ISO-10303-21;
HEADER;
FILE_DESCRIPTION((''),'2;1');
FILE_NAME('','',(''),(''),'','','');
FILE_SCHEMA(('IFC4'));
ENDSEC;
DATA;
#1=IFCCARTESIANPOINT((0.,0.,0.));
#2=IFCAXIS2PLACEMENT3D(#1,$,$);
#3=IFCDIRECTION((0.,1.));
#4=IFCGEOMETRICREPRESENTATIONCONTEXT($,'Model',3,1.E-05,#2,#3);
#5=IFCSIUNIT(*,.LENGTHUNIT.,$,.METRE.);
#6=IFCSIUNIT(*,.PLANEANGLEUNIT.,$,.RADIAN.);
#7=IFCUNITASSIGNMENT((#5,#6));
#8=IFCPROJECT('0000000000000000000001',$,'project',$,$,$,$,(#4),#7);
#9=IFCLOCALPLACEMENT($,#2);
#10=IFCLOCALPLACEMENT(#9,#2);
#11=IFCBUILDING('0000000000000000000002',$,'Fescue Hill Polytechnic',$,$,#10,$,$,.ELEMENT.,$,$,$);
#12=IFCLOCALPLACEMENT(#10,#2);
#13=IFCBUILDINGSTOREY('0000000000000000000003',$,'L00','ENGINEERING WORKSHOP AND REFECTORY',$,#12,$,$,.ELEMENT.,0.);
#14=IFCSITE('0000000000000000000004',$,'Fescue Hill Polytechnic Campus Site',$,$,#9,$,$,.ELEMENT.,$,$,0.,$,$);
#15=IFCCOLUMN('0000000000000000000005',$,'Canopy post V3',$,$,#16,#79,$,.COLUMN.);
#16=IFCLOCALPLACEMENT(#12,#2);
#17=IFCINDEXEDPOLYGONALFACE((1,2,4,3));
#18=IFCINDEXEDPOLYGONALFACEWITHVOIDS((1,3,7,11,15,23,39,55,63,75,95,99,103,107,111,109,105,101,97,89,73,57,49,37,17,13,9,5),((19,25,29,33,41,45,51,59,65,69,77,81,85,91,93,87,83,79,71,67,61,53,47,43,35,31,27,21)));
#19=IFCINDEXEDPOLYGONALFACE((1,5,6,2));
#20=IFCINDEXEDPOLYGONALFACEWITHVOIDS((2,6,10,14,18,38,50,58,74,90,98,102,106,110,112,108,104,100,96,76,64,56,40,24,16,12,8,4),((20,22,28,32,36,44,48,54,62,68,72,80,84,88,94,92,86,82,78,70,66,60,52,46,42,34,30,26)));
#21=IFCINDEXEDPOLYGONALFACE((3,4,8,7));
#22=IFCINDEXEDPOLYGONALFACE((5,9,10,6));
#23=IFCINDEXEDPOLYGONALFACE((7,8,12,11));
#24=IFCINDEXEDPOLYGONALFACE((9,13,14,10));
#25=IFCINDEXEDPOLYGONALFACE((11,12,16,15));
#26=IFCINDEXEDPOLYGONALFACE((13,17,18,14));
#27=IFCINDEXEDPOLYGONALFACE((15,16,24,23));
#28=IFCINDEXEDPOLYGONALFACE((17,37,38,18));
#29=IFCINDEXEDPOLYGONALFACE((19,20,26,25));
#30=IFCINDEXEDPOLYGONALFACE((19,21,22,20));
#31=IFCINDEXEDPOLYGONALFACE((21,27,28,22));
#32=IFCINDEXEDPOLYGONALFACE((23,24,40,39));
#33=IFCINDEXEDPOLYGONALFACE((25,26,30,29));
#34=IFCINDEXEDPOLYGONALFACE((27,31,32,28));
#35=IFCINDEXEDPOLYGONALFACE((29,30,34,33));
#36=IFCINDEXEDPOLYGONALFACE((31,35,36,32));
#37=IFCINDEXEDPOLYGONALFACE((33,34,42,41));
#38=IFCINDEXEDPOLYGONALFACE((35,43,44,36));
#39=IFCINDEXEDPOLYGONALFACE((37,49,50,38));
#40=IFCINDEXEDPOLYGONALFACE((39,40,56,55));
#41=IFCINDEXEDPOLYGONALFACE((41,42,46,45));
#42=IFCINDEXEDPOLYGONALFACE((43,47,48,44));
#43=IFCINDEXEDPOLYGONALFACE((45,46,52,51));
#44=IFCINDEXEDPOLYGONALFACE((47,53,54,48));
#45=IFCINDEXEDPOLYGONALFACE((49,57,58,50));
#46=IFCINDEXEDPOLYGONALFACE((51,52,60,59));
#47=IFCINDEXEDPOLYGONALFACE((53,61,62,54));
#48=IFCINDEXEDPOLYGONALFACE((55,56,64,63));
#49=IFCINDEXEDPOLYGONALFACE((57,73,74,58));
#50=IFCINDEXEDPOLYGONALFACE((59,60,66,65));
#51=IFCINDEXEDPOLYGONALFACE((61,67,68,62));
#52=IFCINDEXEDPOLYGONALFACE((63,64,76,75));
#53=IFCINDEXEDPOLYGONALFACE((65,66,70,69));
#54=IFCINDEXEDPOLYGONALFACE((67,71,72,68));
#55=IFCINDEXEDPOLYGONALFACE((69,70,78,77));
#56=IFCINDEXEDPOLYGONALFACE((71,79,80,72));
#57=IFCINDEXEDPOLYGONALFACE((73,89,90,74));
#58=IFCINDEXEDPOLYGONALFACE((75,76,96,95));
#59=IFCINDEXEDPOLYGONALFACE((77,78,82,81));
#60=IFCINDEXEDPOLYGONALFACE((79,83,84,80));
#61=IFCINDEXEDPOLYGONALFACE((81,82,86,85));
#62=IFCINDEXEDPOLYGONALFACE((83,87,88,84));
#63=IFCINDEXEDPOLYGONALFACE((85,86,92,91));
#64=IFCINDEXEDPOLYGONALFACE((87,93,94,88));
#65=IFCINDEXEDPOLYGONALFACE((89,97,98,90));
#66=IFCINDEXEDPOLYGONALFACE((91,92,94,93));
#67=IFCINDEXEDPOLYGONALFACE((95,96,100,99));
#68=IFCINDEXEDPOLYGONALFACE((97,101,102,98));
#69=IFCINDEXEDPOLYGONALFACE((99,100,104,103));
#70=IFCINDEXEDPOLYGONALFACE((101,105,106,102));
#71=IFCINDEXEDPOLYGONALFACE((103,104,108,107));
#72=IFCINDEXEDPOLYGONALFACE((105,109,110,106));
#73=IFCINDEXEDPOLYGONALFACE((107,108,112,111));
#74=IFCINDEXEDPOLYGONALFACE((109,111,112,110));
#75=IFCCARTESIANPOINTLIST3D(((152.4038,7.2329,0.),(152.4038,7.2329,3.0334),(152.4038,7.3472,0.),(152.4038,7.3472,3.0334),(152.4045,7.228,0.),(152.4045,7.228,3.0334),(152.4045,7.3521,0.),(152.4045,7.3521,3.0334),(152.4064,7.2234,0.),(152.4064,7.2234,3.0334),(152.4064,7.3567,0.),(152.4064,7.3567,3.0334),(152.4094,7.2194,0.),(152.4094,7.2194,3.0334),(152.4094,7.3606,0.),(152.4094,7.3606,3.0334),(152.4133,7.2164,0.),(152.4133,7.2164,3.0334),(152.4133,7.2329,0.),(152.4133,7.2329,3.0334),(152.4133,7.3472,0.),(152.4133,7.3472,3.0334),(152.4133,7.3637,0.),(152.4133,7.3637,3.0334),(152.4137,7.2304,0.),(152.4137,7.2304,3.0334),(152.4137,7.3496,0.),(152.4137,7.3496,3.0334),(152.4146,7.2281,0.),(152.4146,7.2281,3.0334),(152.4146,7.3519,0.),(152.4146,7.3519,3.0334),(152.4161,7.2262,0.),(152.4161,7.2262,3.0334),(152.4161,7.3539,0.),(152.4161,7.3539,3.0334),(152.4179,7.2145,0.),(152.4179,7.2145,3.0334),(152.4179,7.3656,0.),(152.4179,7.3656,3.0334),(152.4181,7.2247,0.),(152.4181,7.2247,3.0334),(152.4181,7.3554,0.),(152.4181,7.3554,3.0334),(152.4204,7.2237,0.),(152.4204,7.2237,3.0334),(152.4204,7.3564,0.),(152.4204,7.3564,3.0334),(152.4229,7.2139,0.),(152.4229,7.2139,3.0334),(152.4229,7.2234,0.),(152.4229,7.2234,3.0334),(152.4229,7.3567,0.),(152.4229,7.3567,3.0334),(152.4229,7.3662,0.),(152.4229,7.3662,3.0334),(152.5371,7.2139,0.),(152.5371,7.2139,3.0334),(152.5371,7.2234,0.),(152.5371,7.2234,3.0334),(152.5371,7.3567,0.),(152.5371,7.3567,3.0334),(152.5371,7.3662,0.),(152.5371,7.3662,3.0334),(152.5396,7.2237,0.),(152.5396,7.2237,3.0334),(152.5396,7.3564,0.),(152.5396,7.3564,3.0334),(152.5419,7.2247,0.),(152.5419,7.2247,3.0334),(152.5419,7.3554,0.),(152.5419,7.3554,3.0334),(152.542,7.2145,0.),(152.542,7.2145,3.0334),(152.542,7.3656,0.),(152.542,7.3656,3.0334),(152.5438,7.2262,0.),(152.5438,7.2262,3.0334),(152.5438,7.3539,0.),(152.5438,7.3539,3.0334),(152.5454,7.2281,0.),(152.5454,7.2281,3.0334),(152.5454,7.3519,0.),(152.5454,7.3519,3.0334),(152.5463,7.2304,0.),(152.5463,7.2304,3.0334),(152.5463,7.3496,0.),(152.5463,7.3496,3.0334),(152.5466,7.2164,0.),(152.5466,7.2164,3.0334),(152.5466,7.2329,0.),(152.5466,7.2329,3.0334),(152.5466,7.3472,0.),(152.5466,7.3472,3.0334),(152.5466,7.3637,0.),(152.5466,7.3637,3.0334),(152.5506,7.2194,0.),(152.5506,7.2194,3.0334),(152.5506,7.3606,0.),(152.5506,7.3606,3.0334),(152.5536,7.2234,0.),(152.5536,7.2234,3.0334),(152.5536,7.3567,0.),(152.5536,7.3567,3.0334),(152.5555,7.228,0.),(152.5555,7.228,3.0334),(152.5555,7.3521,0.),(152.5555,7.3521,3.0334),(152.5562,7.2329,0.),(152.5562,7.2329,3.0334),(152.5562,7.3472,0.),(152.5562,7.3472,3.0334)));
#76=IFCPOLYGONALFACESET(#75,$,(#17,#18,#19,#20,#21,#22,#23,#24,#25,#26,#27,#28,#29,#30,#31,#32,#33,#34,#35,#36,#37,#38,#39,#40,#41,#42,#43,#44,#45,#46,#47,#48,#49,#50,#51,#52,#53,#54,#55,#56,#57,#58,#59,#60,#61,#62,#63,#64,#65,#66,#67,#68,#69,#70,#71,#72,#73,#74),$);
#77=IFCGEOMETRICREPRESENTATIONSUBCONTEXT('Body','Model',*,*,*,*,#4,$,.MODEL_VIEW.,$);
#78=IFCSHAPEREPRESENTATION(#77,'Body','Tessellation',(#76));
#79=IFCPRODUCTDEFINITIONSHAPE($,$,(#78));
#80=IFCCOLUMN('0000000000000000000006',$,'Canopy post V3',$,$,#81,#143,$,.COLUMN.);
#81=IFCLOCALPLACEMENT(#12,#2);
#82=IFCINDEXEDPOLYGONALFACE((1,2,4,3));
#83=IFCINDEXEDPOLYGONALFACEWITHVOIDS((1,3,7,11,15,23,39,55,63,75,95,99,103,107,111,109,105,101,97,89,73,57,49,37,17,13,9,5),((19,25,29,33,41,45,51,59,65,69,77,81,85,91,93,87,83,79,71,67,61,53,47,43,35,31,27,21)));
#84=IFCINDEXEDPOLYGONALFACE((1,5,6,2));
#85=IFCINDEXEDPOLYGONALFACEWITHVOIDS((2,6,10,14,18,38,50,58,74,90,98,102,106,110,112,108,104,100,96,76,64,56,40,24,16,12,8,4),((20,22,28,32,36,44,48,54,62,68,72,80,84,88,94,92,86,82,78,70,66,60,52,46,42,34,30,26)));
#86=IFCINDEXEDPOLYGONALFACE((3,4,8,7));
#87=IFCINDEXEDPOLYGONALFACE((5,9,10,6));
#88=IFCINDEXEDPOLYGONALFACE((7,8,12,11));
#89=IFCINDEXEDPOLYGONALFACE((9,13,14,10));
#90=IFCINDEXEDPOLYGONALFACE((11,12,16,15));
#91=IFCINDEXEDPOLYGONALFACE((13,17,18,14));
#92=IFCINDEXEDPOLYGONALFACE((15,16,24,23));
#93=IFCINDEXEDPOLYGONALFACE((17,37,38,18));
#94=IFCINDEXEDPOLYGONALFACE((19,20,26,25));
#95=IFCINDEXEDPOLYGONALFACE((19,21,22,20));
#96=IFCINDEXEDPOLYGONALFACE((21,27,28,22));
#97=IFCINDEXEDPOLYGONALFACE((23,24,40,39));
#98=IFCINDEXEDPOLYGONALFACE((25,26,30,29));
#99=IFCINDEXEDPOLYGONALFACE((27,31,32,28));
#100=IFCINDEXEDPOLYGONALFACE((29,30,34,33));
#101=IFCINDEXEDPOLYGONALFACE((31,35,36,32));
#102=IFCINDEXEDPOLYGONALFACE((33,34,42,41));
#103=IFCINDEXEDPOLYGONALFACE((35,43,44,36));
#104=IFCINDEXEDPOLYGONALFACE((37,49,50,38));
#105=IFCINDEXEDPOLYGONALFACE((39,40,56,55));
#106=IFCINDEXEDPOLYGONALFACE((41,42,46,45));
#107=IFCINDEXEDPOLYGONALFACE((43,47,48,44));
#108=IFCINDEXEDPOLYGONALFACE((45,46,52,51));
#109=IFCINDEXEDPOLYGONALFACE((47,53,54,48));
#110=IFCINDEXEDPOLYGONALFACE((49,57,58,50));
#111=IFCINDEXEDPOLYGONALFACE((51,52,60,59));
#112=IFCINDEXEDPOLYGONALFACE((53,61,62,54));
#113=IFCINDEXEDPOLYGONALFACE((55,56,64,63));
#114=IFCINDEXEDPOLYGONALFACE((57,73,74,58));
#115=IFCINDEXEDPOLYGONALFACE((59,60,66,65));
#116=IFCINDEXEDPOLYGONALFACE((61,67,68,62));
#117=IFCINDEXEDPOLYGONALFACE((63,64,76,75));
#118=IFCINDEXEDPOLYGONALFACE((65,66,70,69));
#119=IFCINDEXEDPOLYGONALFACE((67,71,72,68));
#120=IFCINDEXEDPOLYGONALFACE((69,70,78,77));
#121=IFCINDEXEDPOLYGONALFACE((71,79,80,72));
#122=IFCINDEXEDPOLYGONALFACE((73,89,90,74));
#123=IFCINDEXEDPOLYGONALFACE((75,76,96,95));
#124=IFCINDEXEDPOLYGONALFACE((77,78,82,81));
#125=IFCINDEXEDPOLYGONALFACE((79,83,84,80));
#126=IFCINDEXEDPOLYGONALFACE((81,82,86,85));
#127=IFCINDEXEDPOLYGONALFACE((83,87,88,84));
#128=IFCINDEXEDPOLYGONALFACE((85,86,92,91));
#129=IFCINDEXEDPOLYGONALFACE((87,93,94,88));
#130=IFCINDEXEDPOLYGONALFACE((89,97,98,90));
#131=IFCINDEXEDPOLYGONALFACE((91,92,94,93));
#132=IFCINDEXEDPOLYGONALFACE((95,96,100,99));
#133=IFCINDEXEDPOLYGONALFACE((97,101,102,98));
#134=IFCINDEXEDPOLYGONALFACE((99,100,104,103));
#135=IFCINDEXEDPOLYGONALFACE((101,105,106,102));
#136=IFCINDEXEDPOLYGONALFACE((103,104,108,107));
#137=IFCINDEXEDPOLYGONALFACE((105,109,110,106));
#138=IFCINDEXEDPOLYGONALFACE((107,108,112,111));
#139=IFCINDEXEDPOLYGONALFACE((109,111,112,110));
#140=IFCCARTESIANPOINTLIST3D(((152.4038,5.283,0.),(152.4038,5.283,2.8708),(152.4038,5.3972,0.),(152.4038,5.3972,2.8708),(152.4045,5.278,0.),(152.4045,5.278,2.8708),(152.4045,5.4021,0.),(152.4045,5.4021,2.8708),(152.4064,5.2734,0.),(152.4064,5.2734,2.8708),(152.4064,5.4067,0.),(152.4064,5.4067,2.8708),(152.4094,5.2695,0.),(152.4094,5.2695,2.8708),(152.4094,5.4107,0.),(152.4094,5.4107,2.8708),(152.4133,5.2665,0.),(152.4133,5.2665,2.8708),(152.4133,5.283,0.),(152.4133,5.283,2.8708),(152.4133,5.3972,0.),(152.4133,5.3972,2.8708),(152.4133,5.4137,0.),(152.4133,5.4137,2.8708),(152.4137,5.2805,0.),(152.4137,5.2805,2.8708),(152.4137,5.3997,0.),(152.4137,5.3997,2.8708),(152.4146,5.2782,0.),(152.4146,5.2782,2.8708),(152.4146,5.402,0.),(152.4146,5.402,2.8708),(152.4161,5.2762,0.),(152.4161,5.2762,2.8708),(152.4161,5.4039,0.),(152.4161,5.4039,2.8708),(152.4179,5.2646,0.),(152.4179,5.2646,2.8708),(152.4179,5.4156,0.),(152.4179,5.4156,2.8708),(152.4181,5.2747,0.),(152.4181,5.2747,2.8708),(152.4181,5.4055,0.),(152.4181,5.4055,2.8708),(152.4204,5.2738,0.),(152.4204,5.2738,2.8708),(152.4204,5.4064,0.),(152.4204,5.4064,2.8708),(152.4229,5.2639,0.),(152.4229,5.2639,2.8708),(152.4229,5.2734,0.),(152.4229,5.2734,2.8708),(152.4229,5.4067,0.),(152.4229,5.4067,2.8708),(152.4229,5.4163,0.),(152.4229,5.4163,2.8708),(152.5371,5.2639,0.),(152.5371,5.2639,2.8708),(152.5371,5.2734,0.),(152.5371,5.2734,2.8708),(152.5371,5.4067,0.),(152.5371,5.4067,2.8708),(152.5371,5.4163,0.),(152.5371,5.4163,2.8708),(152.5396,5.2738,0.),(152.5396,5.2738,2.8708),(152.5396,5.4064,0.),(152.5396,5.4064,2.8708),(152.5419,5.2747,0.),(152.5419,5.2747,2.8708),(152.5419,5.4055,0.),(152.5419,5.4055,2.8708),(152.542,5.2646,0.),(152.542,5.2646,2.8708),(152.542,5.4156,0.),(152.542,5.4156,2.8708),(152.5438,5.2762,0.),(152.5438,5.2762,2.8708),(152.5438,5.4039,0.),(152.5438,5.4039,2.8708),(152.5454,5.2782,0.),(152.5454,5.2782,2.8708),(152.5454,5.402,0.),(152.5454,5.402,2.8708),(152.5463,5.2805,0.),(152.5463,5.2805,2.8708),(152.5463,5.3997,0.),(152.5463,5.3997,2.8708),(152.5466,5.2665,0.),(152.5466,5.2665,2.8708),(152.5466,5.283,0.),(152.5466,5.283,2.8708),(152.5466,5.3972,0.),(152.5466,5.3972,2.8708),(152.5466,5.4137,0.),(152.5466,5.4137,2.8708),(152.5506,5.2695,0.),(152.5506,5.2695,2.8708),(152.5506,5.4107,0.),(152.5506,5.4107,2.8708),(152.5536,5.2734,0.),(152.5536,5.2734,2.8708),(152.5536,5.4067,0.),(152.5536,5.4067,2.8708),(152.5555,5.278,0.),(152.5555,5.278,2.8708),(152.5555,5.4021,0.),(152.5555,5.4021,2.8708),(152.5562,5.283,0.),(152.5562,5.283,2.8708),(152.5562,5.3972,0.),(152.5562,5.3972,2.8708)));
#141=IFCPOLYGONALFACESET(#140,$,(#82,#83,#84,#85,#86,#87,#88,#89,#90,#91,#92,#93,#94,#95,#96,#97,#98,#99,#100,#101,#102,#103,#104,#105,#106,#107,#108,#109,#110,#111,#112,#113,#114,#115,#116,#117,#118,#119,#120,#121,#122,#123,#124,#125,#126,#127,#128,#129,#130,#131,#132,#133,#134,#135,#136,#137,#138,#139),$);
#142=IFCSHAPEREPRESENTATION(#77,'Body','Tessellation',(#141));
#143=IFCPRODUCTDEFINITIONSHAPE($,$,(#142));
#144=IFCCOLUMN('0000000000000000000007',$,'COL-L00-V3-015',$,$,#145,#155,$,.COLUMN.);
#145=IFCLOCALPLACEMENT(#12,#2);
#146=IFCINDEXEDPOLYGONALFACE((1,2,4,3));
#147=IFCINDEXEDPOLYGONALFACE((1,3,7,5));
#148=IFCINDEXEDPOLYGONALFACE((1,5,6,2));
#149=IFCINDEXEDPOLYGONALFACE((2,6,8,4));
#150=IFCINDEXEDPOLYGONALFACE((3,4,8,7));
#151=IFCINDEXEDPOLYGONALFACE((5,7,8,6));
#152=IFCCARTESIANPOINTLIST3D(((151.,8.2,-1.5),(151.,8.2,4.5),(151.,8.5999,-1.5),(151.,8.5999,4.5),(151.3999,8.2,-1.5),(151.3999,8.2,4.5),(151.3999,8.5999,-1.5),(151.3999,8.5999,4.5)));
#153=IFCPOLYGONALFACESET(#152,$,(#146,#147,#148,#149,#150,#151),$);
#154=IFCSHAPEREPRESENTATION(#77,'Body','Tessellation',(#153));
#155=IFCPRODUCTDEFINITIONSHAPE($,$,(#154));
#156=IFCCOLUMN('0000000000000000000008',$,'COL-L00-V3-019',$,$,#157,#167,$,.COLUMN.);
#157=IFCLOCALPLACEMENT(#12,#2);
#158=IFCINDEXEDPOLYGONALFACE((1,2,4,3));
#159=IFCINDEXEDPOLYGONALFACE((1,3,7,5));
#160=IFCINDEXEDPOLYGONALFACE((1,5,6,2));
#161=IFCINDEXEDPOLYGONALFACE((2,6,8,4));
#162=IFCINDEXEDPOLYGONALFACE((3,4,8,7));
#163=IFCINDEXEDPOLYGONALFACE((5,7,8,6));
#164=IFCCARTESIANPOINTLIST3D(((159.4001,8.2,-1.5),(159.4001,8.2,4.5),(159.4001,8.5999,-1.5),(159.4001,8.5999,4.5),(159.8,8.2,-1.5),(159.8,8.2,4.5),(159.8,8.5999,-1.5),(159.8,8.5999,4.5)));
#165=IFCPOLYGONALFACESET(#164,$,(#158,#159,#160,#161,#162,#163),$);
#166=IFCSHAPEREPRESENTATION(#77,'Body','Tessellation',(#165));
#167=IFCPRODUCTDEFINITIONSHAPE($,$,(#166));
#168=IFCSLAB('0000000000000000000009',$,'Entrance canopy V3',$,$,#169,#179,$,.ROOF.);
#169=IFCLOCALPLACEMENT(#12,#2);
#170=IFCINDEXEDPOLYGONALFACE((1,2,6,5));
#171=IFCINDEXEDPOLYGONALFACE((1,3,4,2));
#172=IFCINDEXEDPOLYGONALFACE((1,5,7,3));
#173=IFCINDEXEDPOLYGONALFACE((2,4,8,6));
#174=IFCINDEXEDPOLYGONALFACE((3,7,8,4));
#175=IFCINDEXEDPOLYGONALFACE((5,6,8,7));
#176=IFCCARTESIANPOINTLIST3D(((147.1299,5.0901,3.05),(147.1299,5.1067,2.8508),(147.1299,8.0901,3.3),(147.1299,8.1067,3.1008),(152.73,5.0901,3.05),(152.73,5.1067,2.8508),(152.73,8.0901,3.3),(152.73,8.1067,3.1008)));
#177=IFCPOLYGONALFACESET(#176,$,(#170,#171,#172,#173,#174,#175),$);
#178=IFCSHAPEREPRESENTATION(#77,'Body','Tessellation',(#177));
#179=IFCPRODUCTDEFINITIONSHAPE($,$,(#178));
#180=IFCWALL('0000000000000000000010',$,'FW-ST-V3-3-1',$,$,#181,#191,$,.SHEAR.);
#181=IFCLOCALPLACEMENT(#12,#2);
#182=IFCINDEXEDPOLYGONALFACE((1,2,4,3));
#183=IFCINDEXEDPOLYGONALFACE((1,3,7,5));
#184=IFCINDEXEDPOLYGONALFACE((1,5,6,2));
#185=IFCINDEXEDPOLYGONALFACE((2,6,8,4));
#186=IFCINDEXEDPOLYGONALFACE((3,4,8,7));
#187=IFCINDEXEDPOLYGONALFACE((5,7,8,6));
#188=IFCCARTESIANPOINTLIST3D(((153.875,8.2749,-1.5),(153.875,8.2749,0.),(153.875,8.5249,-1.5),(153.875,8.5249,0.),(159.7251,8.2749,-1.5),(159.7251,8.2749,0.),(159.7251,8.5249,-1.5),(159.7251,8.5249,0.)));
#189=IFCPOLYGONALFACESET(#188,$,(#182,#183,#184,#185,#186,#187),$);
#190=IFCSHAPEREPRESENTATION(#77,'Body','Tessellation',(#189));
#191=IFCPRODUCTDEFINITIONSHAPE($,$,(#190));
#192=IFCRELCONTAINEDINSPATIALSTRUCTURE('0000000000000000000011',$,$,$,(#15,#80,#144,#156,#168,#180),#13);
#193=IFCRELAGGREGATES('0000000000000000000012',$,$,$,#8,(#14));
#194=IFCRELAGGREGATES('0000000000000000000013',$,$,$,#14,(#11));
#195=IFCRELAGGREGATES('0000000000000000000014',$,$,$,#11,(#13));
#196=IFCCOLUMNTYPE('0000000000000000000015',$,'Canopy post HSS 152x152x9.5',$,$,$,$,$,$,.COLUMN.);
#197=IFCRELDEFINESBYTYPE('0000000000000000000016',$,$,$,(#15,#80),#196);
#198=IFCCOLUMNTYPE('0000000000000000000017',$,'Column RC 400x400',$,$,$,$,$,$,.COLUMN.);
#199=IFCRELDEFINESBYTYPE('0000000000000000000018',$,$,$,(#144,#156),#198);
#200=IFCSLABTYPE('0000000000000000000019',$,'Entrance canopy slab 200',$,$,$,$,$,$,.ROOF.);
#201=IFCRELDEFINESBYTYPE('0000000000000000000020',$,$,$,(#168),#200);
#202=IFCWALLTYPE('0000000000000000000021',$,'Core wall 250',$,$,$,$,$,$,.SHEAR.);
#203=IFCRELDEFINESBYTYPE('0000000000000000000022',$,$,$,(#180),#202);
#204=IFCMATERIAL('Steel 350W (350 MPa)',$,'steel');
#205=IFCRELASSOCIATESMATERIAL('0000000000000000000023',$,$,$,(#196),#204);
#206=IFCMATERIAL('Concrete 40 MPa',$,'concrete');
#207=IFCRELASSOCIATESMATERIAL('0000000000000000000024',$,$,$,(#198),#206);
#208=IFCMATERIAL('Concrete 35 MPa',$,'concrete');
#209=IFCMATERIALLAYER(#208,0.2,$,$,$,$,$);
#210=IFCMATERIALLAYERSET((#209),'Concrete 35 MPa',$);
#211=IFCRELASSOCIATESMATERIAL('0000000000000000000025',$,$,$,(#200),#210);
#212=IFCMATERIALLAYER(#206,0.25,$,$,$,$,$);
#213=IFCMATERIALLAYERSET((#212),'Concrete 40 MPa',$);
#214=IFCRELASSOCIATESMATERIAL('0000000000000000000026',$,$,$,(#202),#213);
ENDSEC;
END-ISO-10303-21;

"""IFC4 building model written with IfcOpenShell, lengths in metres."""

from ifc_helpers import new_model, si_unit, direction, frame, frame_2d, origin, origin_2d, place, context, subcontext, project, spatial, polyline, rectangle, hollow_rectangle, outline, extrude, material, layer, layer_set, material_profile, profile_set, type_object, element, save


model = new_model("IFC4")

# Units and contexts
model_context = context("Model", 3, precision=1e-05, world=origin(), true_north=direction((0.0, 1.0)))
body_context = subcontext(model_context, "Body", "Model", "MODEL_VIEW")
ifc_project = project(units=[si_unit("LENGTHUNIT", "METRE"), si_unit("PLANEANGLEUNIT", "RADIAN")], contexts=[model_context])

# Site, building, storey
site_placement = place(None, origin())
site = spatial("IfcSite", under=ifc_project, at=site_placement, Name="Fescue Hill Polytechnic Campus Site", CompositionType="ELEMENT", RefElevation=0.0)
building_placement = place(site_placement, origin())
building = spatial("IfcBuilding", under=site, at=building_placement, Name="Fescue Hill Polytechnic", CompositionType="ELEMENT")
storey_placement = place(building_placement, origin())
storey = spatial("IfcBuildingStorey", under=building, at=storey_placement, Name="L00", Description="ENGINEERING WORKSHOP AND REFECTORY", CompositionType="ELEMENT", Elevation=0.0)

# Shared definitions
ifc_material_1 = material(Name="Concrete 35 MPa", Category="concrete")

# Columns
ifc_material_2 = material(Name="Steel 350W (350 MPa)", Category="steel")
ifc_material_profile_1 = material_profile(ifc_material_2, hollow_rectangle(XDim=0.1523, YDim=0.1523, WallThickness=0.0095, InnerFilletRadius=0.0095, OuterFilletRadius=0.019, at=origin_2d()), Name="Canopy post HSS 152x152x9.5")
ifc_profile_set_1 = profile_set([ifc_material_profile_1], Name="Steel 350W (350 MPa)")
column_type_1 = type_object("IfcColumnType", Name="Canopy post HSS 152x152x9.5", PredefinedType="COLUMN", material=ifc_profile_set_1)
column_1_placement = place(storey_placement, frame((152.48, 7.29, 0.0), z_axis=(0.0, 0.0, 1.0), x_axis=(1.0, 0.0, 0.0)))
element("IfcColumn", 1, at=column_1_placement, inside=storey, type_object=column_type_1, Name="Canopy post V3", PredefinedType="COLUMN", context=body_context, shape_type="SweptSolid", body=[
    extrude(hollow_rectangle(XDim=0.1523, YDim=0.1523, WallThickness=0.0095, InnerFilletRadius=0.0095, OuterFilletRadius=0.019, at=origin_2d()), origin(), (0.0, 0.0, 1.0), 3.0334),
])
column_2_placement = place(storey_placement, frame((152.48, 5.3401, 0.0), z_axis=(0.0, 0.0, 1.0), x_axis=(1.0, 0.0, 0.0)))
element("IfcColumn", 2, at=column_2_placement, inside=storey, type_object=column_type_1, Name="Canopy post V3", PredefinedType="COLUMN", context=body_context, shape_type="SweptSolid", body=[
    extrude(hollow_rectangle(XDim=0.1523, YDim=0.1523, WallThickness=0.0095, InnerFilletRadius=0.0095, OuterFilletRadius=0.019, at=origin_2d()), origin(), (0.0, 0.0, 1.0), 2.8708),
])
ifc_material_3 = material(Name="Concrete 40 MPa", Category="concrete")
ifc_material_profile_2 = material_profile(ifc_material_3, rectangle(XDim=0.3999, YDim=0.3999, at=origin_2d()), Name="RC 400x400")
ifc_profile_set_2 = profile_set([ifc_material_profile_2], Name="Concrete 40 MPa")
column_type_2 = type_object("IfcColumnType", Name="Column RC 400x400", PredefinedType="COLUMN", material=ifc_profile_set_2)
for number, where, z_axis, x_axis, name in (
    (3, (151.2, 8.3999, -1.5), (0.0, 0.0, 1.0), (1.0, 0.0, 0.0), "COL-L00-V3-015"),
    (4, (159.6001, 8.3999, -1.5), (0.0, 0.0, 1.0), (1.0, 0.0, 0.0), "COL-L00-V3-019"),
):
    element("IfcColumn", number, at=place(storey_placement, frame(where, z_axis=z_axis, x_axis=x_axis)), inside=storey, type_object=column_type_2, Name=name, PredefinedType="COLUMN", context=body_context, shape_type="SweptSolid", body=[
        extrude(rectangle(XDim=0.3999, YDim=0.3999, at=origin_2d()), origin(), (0.0, 0.0, 1.0), 6.0),
    ])

# Slab
ifc_layer_1 = layer(ifc_material_1, 0.2)
ifc_layer_set_1 = layer_set([ifc_layer_1], Name="Concrete 35 MPa")
slab_type = type_object("IfcSlabType", Name="Entrance canopy slab 200", PredefinedType="ROOF", material=ifc_layer_set_1)
slab_placement = place(storey_placement, frame((147.1299, 8.0901, 3.3), z_axis=(0.0, -0.083045, 0.996546), x_axis=(1.0, 0.0, 0.0)))
element("IfcSlab", 5, at=slab_placement, inside=storey, type_object=slab_type, Name="Entrance canopy V3", PredefinedType="ROOF", context=body_context, shape_type="SweptSolid", body=[
    extrude(outline(polyline([(0.0, 0.0), (5.6001, 0.0), (5.6001, -3.0104), (0.0, -3.0104), (0.0, 0.0)])), origin(), (0.0, 0.0, -1.0), 0.2),
])

# Wall
ifc_layer_2 = layer(ifc_material_3, 0.25)
ifc_layer_set_2 = layer_set([ifc_layer_2], Name="Concrete 40 MPa")
wall_type_1 = type_object("IfcWallType", Name="Core wall 250", PredefinedType="SHEAR", material=ifc_layer_set_2)
wall_1_placement = place(storey_placement, frame((153.875, 8.3999, -1.5), z_axis=(0.0, 0.0, 1.0), x_axis=(1.0, 0.0, 0.0)))
element("IfcWall", 6, at=wall_1_placement, inside=storey, type_object=wall_type_1, Name="FW-ST-V3-3-1", PredefinedType="SHEAR", context=body_context, shape_type="SweptSolid", body=[
    extrude(rectangle(XDim=5.8501, YDim=0.25, at=frame_2d((2.925, 0.0))), origin(), (0.0, 0.0, 1.0), 1.5),
])

save(model, "model.ifc")
